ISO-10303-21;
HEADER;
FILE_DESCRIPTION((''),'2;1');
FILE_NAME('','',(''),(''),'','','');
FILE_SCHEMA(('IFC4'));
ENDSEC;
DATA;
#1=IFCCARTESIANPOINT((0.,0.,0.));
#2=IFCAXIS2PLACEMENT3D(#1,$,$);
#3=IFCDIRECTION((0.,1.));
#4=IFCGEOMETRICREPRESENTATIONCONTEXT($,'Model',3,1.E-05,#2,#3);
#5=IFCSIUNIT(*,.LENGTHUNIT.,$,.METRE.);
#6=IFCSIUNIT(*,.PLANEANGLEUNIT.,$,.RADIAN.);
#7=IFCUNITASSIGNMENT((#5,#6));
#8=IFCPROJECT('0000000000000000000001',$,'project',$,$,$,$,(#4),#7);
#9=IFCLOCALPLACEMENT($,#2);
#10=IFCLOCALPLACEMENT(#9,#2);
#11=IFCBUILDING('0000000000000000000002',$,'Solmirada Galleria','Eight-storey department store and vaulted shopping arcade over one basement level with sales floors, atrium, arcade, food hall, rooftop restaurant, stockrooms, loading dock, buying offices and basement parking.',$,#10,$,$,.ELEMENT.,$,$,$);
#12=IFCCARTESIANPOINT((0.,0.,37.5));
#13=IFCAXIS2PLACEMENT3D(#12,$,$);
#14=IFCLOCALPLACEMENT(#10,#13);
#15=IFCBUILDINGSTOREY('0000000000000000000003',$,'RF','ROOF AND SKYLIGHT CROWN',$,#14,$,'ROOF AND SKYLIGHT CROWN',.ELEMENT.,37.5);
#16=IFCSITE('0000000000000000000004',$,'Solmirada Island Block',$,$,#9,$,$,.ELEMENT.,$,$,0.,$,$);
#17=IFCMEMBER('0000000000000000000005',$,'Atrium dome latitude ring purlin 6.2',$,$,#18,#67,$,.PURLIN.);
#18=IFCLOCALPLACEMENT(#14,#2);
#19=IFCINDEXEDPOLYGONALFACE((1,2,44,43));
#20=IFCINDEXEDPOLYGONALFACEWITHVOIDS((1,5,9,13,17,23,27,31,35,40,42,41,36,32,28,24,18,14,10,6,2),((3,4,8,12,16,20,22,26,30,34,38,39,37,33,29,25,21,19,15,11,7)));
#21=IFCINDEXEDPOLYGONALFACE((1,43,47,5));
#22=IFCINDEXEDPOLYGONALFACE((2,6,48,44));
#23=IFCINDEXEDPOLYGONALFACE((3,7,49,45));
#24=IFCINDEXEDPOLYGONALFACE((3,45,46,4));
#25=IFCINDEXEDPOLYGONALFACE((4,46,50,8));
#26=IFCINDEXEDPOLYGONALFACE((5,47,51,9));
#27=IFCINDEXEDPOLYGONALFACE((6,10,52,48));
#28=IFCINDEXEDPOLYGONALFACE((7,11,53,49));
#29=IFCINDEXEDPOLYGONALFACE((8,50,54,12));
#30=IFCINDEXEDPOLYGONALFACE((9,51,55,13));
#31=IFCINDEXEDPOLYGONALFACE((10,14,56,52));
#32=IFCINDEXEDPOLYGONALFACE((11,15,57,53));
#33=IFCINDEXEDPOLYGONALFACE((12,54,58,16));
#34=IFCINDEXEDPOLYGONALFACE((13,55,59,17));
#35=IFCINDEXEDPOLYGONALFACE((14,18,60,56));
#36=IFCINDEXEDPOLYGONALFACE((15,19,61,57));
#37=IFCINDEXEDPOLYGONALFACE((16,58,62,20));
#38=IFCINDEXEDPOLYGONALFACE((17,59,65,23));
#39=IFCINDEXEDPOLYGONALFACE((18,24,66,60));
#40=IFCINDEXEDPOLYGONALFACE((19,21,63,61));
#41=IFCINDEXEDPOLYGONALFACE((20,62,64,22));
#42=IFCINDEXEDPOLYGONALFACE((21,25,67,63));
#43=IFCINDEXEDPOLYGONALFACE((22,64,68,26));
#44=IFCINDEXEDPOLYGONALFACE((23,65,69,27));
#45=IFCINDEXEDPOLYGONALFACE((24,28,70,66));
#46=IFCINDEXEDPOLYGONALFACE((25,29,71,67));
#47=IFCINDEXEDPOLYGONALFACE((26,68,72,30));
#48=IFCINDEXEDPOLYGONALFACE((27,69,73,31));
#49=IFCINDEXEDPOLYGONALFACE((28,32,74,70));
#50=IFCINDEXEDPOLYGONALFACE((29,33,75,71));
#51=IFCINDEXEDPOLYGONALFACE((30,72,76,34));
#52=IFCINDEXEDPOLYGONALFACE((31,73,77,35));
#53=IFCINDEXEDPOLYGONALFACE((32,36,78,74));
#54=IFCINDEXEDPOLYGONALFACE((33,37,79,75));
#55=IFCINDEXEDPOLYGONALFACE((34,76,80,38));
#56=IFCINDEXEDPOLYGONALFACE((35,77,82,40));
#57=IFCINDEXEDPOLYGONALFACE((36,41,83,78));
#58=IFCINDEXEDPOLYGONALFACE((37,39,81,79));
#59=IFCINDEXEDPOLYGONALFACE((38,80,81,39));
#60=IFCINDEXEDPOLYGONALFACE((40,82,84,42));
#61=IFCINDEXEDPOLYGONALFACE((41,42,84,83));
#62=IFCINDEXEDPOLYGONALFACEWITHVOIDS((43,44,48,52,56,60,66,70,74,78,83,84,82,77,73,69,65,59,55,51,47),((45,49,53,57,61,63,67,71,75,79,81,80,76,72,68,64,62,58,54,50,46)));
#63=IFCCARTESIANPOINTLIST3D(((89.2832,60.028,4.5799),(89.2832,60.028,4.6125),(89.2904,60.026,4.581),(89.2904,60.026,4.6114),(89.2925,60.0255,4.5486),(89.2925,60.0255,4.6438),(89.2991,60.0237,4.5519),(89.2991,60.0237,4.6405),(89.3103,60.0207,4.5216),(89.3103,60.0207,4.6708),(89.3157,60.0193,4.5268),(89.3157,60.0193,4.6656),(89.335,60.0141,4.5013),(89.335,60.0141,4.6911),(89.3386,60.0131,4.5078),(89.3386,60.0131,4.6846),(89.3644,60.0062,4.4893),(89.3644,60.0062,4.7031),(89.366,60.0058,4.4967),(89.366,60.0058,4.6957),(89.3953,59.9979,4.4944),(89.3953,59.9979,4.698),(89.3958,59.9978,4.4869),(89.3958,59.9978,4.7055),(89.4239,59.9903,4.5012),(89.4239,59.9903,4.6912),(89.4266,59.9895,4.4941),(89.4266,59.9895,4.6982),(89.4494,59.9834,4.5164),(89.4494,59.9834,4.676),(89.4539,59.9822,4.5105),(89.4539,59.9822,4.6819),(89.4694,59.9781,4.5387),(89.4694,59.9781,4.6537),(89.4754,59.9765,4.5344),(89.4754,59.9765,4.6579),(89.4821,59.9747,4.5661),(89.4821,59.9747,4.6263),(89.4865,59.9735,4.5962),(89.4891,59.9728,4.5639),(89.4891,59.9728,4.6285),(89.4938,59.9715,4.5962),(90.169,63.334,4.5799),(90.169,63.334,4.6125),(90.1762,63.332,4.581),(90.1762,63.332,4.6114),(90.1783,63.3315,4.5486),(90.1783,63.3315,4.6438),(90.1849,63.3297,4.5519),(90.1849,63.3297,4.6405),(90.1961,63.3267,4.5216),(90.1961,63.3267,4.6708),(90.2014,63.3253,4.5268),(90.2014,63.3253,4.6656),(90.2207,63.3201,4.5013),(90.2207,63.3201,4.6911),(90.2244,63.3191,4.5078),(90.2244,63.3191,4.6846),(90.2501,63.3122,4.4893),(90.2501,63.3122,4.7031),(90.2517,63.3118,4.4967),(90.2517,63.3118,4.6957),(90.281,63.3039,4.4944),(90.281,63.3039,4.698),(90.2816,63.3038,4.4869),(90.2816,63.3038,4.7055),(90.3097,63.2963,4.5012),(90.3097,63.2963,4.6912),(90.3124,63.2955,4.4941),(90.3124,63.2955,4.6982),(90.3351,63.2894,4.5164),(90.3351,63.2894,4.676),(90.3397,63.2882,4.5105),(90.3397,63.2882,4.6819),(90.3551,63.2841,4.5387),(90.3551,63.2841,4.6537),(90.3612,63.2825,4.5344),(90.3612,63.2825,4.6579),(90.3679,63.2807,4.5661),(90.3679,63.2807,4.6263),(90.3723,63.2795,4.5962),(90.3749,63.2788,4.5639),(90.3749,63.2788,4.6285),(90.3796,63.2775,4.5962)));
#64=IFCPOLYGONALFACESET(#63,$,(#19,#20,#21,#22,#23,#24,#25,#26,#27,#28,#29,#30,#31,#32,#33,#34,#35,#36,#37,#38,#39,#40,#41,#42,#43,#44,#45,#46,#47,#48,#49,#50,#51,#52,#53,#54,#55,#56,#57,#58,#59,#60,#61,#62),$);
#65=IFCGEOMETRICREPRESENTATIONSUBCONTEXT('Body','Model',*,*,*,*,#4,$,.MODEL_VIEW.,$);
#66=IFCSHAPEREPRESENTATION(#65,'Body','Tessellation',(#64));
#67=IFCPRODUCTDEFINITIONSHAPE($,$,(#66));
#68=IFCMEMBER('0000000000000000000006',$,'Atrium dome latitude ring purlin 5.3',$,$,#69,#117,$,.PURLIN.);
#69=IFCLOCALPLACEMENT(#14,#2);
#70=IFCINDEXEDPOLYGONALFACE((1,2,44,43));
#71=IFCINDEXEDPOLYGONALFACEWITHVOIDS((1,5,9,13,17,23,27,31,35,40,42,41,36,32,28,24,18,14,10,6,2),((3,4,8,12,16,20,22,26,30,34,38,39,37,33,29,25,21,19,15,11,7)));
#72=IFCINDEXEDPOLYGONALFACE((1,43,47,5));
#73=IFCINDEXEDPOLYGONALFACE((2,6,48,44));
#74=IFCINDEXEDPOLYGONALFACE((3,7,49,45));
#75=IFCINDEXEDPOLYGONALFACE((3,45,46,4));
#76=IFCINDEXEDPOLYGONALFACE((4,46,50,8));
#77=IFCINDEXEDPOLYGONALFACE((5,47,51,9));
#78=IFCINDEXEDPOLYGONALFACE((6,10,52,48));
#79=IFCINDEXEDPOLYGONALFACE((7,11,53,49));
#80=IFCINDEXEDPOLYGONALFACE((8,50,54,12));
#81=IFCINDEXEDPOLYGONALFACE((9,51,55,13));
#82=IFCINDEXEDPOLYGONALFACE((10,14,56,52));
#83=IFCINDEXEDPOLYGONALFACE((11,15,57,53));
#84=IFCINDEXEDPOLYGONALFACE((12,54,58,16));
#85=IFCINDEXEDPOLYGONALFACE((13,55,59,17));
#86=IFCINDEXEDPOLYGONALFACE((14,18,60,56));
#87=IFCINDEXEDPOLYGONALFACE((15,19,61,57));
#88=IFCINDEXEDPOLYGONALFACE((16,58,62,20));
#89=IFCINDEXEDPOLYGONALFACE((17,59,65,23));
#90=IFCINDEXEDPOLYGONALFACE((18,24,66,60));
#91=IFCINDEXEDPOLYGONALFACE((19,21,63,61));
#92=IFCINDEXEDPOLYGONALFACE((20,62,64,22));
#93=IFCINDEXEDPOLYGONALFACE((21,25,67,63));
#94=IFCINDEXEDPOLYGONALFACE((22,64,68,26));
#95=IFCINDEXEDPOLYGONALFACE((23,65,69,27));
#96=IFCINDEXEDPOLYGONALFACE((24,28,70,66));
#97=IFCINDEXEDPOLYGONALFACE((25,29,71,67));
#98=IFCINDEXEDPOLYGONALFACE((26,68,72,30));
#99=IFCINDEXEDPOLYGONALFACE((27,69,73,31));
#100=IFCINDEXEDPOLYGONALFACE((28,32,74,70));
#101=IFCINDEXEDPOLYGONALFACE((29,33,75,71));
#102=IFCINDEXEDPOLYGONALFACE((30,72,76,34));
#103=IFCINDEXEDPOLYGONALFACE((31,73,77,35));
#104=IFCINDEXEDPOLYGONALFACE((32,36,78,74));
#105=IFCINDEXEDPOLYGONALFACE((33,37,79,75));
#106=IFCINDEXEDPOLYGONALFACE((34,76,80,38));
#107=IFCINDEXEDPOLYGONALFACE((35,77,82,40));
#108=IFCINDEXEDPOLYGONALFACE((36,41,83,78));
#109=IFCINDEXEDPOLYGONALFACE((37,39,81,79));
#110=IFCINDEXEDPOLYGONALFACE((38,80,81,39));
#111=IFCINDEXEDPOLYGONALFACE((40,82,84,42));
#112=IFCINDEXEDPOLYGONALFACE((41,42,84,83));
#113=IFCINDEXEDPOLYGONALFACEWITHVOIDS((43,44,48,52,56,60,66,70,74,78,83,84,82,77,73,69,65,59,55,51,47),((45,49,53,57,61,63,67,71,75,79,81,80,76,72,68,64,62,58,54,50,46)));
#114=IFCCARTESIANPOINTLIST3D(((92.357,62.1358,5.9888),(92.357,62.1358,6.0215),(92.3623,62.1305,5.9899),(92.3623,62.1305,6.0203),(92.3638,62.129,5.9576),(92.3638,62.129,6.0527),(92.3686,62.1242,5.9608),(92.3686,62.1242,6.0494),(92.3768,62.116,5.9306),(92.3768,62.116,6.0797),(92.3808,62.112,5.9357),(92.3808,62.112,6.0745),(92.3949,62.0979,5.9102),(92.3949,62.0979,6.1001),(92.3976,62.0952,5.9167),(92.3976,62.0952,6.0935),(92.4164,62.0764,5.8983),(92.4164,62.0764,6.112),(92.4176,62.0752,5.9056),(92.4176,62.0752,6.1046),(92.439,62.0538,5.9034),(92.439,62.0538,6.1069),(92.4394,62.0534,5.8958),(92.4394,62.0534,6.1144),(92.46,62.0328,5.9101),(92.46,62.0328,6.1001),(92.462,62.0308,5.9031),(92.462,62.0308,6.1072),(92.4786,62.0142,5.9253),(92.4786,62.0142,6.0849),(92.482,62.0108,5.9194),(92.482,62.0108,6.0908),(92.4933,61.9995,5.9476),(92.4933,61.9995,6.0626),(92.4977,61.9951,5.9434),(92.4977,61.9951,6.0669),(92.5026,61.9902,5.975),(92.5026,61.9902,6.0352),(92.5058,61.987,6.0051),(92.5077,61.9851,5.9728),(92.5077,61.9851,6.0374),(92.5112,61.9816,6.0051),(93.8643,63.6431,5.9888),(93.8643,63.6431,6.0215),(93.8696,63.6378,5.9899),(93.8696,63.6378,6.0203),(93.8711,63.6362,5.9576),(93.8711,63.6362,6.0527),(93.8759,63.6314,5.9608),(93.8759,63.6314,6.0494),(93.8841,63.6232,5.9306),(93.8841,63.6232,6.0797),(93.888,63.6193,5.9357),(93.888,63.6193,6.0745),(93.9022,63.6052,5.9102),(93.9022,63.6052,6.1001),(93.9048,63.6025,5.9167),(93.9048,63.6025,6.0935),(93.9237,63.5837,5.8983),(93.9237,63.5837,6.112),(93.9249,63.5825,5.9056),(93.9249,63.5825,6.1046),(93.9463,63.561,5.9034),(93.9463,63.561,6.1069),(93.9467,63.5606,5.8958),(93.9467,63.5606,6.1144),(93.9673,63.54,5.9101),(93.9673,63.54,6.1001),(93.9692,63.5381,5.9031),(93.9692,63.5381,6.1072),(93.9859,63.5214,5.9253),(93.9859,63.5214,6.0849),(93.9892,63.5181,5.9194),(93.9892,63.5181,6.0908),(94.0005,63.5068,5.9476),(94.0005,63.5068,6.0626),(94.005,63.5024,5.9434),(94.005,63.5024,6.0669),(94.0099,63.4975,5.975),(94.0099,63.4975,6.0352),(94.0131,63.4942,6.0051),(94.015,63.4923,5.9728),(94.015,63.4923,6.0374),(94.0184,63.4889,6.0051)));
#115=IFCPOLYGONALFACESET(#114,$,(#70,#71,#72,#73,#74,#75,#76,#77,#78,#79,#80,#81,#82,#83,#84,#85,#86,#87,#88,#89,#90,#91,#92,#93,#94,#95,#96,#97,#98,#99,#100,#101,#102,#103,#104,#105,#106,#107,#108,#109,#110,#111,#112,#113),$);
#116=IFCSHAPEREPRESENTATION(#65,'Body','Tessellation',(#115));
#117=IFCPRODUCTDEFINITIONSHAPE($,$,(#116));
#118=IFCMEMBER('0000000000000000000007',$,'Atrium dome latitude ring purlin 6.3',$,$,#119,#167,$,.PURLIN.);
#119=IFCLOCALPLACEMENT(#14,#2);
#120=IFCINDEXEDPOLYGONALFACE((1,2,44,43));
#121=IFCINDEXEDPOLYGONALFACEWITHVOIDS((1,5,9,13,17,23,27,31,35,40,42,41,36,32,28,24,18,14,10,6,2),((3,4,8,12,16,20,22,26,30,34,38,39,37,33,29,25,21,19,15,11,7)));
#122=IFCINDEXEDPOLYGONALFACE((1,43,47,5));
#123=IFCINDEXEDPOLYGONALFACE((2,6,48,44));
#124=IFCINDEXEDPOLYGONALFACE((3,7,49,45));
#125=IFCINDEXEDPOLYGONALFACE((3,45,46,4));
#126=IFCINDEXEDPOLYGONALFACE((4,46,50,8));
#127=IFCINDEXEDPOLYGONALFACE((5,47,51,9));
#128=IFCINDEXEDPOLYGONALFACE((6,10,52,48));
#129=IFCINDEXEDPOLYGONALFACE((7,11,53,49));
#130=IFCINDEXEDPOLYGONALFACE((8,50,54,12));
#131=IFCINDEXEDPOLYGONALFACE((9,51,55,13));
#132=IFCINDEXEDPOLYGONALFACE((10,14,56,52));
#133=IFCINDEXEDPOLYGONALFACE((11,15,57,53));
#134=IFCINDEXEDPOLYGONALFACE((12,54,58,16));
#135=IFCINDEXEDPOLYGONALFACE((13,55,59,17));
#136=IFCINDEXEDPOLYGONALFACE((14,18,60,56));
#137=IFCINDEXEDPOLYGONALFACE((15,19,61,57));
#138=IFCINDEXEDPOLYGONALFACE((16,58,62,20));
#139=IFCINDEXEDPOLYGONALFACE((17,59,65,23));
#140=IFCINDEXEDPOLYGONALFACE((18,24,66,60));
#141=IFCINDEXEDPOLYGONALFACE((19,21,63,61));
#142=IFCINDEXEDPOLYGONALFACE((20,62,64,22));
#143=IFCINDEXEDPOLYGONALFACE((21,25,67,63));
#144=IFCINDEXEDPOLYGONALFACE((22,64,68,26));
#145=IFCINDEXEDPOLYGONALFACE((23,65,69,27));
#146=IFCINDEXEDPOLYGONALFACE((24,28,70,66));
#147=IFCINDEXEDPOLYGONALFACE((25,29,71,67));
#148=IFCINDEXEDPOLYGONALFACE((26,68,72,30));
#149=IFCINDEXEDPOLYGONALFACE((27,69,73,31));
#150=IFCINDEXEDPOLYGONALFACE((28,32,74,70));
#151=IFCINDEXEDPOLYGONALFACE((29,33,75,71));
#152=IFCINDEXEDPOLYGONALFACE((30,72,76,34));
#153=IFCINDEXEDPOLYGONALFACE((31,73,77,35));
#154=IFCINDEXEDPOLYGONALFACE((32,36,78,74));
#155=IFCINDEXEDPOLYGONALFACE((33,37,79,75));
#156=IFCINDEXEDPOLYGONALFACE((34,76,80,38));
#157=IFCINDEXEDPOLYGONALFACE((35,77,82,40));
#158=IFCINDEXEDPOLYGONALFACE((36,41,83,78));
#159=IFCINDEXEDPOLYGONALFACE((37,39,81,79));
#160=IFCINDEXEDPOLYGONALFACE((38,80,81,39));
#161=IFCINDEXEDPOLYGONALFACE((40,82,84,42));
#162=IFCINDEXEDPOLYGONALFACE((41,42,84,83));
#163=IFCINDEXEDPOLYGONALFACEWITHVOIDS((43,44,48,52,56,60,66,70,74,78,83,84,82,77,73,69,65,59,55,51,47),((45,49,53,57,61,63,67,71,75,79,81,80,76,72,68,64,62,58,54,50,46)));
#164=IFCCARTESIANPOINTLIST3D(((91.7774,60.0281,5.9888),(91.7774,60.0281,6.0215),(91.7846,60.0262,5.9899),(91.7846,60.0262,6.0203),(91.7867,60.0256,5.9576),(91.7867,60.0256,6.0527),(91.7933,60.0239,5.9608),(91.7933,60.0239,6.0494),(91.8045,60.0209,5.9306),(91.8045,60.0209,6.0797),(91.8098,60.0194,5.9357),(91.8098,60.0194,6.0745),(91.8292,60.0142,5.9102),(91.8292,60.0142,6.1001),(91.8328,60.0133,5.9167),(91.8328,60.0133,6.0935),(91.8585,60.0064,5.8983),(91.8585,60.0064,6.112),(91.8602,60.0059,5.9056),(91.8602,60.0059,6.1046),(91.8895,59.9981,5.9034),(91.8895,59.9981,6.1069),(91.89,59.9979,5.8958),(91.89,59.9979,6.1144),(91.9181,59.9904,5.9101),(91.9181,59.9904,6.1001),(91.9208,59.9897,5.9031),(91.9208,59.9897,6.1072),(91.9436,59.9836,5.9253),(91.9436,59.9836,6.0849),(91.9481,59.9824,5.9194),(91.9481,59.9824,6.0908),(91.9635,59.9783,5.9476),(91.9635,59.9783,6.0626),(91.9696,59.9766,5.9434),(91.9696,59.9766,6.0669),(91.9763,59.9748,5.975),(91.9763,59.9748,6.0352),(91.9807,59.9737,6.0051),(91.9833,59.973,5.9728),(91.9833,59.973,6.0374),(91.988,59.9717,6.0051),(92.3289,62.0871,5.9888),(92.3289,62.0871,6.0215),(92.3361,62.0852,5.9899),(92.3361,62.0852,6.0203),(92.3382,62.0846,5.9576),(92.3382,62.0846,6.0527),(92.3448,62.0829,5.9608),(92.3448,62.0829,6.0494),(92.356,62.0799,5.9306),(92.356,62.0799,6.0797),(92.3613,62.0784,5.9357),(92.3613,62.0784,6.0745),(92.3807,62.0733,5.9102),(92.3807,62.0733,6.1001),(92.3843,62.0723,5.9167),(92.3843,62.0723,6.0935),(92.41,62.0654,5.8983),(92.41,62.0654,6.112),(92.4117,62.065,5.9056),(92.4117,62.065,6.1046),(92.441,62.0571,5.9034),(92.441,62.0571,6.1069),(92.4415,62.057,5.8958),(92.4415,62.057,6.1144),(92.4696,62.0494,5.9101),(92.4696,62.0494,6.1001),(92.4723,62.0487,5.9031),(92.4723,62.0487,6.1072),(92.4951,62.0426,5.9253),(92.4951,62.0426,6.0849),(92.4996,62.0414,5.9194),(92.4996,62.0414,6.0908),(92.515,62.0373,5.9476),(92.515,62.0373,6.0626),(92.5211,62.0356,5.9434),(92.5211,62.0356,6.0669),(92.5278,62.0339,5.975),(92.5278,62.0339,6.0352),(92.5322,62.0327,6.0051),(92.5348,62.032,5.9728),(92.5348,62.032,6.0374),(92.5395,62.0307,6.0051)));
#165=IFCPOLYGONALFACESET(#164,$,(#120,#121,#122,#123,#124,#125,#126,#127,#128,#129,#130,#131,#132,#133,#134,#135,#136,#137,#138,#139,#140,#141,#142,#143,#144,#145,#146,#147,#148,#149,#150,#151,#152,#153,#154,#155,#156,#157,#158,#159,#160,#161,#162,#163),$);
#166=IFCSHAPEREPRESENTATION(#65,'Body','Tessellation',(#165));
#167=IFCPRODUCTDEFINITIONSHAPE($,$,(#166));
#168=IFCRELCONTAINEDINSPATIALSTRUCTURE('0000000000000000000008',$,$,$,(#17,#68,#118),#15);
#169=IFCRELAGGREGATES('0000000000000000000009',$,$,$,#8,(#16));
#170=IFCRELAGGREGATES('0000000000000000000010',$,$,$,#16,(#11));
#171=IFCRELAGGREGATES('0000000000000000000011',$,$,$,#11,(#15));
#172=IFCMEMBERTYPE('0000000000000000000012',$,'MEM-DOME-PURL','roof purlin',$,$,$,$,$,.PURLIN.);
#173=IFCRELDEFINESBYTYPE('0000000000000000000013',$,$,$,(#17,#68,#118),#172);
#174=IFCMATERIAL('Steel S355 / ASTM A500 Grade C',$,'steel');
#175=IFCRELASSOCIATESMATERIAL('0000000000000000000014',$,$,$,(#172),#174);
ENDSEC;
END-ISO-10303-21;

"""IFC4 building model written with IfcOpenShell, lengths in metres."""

from ifc_helpers import new_model, si_unit, direction, frame, origin, origin_2d, place, context, subcontext, project, spatial, hollow_circle, extrude, material, material_profile, profile_set, type_object, element, save


model = new_model("IFC4")

# Units and contexts
model_context = context("Model", 3, precision=1e-05, world=origin(), true_north=direction((0.0, 1.0)))
body_context = subcontext(model_context, "Body", "Model", "MODEL_VIEW")
ifc_project = project(units=[si_unit("LENGTHUNIT", "METRE"), si_unit("PLANEANGLEUNIT", "RADIAN")], contexts=[model_context])

# Site, building, storey
site_placement = place(None, origin())
site = spatial("IfcSite", under=ifc_project, at=site_placement, Name="Solmirada Island Block", CompositionType="ELEMENT", RefElevation=0.0)
building_placement = place(site_placement, origin())
building = spatial("IfcBuilding", under=site, at=building_placement, Name="Solmirada Galleria", Description="Eight-storey department store and vaulted shopping arcade over one basement level with sales floors, atrium, arcade, food hall, rooftop restaurant, stockrooms, loading dock, buying offices and basement parking.", CompositionType="ELEMENT")
storey_placement = place(building_placement, frame((0.0, 0.0, 37.5)))
storey = spatial("IfcBuildingStorey", under=building, at=storey_placement, Name="RF", Description="ROOF AND SKYLIGHT CROWN", LongName="ROOF AND SKYLIGHT CROWN", CompositionType="ELEMENT", Elevation=37.5)

# Members
ifc_material_1 = material(Name="Steel S355 / ASTM A500 Grade C", Category="steel")
ifc_material_profile_1 = material_profile(ifc_material_1, hollow_circle(Radius=0.1096, WallThickness=0.0076, at=origin_2d()), Name="HSS8.625X0.322")
ifc_profile_set_1 = profile_set([ifc_material_profile_1], Name="Steel S355 / ASTM A500 Grade C")
member_type_1 = type_object("IfcMemberType", Name="MEM-DOME-PURL", Description="roof purlin", PredefinedType="PURLIN", material=ifc_profile_set_1)
member_1_placement = place(storey_placement, frame((90.2737, 63.3059, 4.5962), z_axis=(-0.258799, -0.965931, 0.0), x_axis=(0.965931, -0.258799, 0.0)))
element("IfcMember", 1, at=member_1_placement, inside=storey, type_object=member_type_1, Name="Atrium dome latitude ring purlin 6.2", PredefinedType="PURLIN", context=body_context, shape_type="SweptSolid", body=[
    extrude(hollow_circle(Radius=0.1096, WallThickness=0.0076, at=origin_2d()), origin(), (0.0, 0.0, 1.0), 3.4226),
])
for number, where, z_axis, x_axis, name in (
    (2, (93.9409, 63.5664, 6.0051), (-0.707107, -0.707107, 0.0), (0.707107, -0.707107, 0.0), "Atrium dome latitude ring purlin 5.3"),
    (3, (92.4336, 62.0591, 6.0051), (-0.258725, -0.965951, 0.0), (0.965951, -0.258725, 0.0), "Atrium dome latitude ring purlin 6.3"),
):
    element("IfcMember", number, at=place(storey_placement, frame(where, z_axis=z_axis, x_axis=x_axis)), inside=storey, type_object=member_type_1, Name=name, PredefinedType="PURLIN", context=body_context, shape_type="SweptSolid", body=[
        extrude(hollow_circle(Radius=0.1096, WallThickness=0.0076, at=origin_2d()), origin(), (0.0, 0.0, 1.0), 2.1316),
    ])

save(model, "model.ifc")
